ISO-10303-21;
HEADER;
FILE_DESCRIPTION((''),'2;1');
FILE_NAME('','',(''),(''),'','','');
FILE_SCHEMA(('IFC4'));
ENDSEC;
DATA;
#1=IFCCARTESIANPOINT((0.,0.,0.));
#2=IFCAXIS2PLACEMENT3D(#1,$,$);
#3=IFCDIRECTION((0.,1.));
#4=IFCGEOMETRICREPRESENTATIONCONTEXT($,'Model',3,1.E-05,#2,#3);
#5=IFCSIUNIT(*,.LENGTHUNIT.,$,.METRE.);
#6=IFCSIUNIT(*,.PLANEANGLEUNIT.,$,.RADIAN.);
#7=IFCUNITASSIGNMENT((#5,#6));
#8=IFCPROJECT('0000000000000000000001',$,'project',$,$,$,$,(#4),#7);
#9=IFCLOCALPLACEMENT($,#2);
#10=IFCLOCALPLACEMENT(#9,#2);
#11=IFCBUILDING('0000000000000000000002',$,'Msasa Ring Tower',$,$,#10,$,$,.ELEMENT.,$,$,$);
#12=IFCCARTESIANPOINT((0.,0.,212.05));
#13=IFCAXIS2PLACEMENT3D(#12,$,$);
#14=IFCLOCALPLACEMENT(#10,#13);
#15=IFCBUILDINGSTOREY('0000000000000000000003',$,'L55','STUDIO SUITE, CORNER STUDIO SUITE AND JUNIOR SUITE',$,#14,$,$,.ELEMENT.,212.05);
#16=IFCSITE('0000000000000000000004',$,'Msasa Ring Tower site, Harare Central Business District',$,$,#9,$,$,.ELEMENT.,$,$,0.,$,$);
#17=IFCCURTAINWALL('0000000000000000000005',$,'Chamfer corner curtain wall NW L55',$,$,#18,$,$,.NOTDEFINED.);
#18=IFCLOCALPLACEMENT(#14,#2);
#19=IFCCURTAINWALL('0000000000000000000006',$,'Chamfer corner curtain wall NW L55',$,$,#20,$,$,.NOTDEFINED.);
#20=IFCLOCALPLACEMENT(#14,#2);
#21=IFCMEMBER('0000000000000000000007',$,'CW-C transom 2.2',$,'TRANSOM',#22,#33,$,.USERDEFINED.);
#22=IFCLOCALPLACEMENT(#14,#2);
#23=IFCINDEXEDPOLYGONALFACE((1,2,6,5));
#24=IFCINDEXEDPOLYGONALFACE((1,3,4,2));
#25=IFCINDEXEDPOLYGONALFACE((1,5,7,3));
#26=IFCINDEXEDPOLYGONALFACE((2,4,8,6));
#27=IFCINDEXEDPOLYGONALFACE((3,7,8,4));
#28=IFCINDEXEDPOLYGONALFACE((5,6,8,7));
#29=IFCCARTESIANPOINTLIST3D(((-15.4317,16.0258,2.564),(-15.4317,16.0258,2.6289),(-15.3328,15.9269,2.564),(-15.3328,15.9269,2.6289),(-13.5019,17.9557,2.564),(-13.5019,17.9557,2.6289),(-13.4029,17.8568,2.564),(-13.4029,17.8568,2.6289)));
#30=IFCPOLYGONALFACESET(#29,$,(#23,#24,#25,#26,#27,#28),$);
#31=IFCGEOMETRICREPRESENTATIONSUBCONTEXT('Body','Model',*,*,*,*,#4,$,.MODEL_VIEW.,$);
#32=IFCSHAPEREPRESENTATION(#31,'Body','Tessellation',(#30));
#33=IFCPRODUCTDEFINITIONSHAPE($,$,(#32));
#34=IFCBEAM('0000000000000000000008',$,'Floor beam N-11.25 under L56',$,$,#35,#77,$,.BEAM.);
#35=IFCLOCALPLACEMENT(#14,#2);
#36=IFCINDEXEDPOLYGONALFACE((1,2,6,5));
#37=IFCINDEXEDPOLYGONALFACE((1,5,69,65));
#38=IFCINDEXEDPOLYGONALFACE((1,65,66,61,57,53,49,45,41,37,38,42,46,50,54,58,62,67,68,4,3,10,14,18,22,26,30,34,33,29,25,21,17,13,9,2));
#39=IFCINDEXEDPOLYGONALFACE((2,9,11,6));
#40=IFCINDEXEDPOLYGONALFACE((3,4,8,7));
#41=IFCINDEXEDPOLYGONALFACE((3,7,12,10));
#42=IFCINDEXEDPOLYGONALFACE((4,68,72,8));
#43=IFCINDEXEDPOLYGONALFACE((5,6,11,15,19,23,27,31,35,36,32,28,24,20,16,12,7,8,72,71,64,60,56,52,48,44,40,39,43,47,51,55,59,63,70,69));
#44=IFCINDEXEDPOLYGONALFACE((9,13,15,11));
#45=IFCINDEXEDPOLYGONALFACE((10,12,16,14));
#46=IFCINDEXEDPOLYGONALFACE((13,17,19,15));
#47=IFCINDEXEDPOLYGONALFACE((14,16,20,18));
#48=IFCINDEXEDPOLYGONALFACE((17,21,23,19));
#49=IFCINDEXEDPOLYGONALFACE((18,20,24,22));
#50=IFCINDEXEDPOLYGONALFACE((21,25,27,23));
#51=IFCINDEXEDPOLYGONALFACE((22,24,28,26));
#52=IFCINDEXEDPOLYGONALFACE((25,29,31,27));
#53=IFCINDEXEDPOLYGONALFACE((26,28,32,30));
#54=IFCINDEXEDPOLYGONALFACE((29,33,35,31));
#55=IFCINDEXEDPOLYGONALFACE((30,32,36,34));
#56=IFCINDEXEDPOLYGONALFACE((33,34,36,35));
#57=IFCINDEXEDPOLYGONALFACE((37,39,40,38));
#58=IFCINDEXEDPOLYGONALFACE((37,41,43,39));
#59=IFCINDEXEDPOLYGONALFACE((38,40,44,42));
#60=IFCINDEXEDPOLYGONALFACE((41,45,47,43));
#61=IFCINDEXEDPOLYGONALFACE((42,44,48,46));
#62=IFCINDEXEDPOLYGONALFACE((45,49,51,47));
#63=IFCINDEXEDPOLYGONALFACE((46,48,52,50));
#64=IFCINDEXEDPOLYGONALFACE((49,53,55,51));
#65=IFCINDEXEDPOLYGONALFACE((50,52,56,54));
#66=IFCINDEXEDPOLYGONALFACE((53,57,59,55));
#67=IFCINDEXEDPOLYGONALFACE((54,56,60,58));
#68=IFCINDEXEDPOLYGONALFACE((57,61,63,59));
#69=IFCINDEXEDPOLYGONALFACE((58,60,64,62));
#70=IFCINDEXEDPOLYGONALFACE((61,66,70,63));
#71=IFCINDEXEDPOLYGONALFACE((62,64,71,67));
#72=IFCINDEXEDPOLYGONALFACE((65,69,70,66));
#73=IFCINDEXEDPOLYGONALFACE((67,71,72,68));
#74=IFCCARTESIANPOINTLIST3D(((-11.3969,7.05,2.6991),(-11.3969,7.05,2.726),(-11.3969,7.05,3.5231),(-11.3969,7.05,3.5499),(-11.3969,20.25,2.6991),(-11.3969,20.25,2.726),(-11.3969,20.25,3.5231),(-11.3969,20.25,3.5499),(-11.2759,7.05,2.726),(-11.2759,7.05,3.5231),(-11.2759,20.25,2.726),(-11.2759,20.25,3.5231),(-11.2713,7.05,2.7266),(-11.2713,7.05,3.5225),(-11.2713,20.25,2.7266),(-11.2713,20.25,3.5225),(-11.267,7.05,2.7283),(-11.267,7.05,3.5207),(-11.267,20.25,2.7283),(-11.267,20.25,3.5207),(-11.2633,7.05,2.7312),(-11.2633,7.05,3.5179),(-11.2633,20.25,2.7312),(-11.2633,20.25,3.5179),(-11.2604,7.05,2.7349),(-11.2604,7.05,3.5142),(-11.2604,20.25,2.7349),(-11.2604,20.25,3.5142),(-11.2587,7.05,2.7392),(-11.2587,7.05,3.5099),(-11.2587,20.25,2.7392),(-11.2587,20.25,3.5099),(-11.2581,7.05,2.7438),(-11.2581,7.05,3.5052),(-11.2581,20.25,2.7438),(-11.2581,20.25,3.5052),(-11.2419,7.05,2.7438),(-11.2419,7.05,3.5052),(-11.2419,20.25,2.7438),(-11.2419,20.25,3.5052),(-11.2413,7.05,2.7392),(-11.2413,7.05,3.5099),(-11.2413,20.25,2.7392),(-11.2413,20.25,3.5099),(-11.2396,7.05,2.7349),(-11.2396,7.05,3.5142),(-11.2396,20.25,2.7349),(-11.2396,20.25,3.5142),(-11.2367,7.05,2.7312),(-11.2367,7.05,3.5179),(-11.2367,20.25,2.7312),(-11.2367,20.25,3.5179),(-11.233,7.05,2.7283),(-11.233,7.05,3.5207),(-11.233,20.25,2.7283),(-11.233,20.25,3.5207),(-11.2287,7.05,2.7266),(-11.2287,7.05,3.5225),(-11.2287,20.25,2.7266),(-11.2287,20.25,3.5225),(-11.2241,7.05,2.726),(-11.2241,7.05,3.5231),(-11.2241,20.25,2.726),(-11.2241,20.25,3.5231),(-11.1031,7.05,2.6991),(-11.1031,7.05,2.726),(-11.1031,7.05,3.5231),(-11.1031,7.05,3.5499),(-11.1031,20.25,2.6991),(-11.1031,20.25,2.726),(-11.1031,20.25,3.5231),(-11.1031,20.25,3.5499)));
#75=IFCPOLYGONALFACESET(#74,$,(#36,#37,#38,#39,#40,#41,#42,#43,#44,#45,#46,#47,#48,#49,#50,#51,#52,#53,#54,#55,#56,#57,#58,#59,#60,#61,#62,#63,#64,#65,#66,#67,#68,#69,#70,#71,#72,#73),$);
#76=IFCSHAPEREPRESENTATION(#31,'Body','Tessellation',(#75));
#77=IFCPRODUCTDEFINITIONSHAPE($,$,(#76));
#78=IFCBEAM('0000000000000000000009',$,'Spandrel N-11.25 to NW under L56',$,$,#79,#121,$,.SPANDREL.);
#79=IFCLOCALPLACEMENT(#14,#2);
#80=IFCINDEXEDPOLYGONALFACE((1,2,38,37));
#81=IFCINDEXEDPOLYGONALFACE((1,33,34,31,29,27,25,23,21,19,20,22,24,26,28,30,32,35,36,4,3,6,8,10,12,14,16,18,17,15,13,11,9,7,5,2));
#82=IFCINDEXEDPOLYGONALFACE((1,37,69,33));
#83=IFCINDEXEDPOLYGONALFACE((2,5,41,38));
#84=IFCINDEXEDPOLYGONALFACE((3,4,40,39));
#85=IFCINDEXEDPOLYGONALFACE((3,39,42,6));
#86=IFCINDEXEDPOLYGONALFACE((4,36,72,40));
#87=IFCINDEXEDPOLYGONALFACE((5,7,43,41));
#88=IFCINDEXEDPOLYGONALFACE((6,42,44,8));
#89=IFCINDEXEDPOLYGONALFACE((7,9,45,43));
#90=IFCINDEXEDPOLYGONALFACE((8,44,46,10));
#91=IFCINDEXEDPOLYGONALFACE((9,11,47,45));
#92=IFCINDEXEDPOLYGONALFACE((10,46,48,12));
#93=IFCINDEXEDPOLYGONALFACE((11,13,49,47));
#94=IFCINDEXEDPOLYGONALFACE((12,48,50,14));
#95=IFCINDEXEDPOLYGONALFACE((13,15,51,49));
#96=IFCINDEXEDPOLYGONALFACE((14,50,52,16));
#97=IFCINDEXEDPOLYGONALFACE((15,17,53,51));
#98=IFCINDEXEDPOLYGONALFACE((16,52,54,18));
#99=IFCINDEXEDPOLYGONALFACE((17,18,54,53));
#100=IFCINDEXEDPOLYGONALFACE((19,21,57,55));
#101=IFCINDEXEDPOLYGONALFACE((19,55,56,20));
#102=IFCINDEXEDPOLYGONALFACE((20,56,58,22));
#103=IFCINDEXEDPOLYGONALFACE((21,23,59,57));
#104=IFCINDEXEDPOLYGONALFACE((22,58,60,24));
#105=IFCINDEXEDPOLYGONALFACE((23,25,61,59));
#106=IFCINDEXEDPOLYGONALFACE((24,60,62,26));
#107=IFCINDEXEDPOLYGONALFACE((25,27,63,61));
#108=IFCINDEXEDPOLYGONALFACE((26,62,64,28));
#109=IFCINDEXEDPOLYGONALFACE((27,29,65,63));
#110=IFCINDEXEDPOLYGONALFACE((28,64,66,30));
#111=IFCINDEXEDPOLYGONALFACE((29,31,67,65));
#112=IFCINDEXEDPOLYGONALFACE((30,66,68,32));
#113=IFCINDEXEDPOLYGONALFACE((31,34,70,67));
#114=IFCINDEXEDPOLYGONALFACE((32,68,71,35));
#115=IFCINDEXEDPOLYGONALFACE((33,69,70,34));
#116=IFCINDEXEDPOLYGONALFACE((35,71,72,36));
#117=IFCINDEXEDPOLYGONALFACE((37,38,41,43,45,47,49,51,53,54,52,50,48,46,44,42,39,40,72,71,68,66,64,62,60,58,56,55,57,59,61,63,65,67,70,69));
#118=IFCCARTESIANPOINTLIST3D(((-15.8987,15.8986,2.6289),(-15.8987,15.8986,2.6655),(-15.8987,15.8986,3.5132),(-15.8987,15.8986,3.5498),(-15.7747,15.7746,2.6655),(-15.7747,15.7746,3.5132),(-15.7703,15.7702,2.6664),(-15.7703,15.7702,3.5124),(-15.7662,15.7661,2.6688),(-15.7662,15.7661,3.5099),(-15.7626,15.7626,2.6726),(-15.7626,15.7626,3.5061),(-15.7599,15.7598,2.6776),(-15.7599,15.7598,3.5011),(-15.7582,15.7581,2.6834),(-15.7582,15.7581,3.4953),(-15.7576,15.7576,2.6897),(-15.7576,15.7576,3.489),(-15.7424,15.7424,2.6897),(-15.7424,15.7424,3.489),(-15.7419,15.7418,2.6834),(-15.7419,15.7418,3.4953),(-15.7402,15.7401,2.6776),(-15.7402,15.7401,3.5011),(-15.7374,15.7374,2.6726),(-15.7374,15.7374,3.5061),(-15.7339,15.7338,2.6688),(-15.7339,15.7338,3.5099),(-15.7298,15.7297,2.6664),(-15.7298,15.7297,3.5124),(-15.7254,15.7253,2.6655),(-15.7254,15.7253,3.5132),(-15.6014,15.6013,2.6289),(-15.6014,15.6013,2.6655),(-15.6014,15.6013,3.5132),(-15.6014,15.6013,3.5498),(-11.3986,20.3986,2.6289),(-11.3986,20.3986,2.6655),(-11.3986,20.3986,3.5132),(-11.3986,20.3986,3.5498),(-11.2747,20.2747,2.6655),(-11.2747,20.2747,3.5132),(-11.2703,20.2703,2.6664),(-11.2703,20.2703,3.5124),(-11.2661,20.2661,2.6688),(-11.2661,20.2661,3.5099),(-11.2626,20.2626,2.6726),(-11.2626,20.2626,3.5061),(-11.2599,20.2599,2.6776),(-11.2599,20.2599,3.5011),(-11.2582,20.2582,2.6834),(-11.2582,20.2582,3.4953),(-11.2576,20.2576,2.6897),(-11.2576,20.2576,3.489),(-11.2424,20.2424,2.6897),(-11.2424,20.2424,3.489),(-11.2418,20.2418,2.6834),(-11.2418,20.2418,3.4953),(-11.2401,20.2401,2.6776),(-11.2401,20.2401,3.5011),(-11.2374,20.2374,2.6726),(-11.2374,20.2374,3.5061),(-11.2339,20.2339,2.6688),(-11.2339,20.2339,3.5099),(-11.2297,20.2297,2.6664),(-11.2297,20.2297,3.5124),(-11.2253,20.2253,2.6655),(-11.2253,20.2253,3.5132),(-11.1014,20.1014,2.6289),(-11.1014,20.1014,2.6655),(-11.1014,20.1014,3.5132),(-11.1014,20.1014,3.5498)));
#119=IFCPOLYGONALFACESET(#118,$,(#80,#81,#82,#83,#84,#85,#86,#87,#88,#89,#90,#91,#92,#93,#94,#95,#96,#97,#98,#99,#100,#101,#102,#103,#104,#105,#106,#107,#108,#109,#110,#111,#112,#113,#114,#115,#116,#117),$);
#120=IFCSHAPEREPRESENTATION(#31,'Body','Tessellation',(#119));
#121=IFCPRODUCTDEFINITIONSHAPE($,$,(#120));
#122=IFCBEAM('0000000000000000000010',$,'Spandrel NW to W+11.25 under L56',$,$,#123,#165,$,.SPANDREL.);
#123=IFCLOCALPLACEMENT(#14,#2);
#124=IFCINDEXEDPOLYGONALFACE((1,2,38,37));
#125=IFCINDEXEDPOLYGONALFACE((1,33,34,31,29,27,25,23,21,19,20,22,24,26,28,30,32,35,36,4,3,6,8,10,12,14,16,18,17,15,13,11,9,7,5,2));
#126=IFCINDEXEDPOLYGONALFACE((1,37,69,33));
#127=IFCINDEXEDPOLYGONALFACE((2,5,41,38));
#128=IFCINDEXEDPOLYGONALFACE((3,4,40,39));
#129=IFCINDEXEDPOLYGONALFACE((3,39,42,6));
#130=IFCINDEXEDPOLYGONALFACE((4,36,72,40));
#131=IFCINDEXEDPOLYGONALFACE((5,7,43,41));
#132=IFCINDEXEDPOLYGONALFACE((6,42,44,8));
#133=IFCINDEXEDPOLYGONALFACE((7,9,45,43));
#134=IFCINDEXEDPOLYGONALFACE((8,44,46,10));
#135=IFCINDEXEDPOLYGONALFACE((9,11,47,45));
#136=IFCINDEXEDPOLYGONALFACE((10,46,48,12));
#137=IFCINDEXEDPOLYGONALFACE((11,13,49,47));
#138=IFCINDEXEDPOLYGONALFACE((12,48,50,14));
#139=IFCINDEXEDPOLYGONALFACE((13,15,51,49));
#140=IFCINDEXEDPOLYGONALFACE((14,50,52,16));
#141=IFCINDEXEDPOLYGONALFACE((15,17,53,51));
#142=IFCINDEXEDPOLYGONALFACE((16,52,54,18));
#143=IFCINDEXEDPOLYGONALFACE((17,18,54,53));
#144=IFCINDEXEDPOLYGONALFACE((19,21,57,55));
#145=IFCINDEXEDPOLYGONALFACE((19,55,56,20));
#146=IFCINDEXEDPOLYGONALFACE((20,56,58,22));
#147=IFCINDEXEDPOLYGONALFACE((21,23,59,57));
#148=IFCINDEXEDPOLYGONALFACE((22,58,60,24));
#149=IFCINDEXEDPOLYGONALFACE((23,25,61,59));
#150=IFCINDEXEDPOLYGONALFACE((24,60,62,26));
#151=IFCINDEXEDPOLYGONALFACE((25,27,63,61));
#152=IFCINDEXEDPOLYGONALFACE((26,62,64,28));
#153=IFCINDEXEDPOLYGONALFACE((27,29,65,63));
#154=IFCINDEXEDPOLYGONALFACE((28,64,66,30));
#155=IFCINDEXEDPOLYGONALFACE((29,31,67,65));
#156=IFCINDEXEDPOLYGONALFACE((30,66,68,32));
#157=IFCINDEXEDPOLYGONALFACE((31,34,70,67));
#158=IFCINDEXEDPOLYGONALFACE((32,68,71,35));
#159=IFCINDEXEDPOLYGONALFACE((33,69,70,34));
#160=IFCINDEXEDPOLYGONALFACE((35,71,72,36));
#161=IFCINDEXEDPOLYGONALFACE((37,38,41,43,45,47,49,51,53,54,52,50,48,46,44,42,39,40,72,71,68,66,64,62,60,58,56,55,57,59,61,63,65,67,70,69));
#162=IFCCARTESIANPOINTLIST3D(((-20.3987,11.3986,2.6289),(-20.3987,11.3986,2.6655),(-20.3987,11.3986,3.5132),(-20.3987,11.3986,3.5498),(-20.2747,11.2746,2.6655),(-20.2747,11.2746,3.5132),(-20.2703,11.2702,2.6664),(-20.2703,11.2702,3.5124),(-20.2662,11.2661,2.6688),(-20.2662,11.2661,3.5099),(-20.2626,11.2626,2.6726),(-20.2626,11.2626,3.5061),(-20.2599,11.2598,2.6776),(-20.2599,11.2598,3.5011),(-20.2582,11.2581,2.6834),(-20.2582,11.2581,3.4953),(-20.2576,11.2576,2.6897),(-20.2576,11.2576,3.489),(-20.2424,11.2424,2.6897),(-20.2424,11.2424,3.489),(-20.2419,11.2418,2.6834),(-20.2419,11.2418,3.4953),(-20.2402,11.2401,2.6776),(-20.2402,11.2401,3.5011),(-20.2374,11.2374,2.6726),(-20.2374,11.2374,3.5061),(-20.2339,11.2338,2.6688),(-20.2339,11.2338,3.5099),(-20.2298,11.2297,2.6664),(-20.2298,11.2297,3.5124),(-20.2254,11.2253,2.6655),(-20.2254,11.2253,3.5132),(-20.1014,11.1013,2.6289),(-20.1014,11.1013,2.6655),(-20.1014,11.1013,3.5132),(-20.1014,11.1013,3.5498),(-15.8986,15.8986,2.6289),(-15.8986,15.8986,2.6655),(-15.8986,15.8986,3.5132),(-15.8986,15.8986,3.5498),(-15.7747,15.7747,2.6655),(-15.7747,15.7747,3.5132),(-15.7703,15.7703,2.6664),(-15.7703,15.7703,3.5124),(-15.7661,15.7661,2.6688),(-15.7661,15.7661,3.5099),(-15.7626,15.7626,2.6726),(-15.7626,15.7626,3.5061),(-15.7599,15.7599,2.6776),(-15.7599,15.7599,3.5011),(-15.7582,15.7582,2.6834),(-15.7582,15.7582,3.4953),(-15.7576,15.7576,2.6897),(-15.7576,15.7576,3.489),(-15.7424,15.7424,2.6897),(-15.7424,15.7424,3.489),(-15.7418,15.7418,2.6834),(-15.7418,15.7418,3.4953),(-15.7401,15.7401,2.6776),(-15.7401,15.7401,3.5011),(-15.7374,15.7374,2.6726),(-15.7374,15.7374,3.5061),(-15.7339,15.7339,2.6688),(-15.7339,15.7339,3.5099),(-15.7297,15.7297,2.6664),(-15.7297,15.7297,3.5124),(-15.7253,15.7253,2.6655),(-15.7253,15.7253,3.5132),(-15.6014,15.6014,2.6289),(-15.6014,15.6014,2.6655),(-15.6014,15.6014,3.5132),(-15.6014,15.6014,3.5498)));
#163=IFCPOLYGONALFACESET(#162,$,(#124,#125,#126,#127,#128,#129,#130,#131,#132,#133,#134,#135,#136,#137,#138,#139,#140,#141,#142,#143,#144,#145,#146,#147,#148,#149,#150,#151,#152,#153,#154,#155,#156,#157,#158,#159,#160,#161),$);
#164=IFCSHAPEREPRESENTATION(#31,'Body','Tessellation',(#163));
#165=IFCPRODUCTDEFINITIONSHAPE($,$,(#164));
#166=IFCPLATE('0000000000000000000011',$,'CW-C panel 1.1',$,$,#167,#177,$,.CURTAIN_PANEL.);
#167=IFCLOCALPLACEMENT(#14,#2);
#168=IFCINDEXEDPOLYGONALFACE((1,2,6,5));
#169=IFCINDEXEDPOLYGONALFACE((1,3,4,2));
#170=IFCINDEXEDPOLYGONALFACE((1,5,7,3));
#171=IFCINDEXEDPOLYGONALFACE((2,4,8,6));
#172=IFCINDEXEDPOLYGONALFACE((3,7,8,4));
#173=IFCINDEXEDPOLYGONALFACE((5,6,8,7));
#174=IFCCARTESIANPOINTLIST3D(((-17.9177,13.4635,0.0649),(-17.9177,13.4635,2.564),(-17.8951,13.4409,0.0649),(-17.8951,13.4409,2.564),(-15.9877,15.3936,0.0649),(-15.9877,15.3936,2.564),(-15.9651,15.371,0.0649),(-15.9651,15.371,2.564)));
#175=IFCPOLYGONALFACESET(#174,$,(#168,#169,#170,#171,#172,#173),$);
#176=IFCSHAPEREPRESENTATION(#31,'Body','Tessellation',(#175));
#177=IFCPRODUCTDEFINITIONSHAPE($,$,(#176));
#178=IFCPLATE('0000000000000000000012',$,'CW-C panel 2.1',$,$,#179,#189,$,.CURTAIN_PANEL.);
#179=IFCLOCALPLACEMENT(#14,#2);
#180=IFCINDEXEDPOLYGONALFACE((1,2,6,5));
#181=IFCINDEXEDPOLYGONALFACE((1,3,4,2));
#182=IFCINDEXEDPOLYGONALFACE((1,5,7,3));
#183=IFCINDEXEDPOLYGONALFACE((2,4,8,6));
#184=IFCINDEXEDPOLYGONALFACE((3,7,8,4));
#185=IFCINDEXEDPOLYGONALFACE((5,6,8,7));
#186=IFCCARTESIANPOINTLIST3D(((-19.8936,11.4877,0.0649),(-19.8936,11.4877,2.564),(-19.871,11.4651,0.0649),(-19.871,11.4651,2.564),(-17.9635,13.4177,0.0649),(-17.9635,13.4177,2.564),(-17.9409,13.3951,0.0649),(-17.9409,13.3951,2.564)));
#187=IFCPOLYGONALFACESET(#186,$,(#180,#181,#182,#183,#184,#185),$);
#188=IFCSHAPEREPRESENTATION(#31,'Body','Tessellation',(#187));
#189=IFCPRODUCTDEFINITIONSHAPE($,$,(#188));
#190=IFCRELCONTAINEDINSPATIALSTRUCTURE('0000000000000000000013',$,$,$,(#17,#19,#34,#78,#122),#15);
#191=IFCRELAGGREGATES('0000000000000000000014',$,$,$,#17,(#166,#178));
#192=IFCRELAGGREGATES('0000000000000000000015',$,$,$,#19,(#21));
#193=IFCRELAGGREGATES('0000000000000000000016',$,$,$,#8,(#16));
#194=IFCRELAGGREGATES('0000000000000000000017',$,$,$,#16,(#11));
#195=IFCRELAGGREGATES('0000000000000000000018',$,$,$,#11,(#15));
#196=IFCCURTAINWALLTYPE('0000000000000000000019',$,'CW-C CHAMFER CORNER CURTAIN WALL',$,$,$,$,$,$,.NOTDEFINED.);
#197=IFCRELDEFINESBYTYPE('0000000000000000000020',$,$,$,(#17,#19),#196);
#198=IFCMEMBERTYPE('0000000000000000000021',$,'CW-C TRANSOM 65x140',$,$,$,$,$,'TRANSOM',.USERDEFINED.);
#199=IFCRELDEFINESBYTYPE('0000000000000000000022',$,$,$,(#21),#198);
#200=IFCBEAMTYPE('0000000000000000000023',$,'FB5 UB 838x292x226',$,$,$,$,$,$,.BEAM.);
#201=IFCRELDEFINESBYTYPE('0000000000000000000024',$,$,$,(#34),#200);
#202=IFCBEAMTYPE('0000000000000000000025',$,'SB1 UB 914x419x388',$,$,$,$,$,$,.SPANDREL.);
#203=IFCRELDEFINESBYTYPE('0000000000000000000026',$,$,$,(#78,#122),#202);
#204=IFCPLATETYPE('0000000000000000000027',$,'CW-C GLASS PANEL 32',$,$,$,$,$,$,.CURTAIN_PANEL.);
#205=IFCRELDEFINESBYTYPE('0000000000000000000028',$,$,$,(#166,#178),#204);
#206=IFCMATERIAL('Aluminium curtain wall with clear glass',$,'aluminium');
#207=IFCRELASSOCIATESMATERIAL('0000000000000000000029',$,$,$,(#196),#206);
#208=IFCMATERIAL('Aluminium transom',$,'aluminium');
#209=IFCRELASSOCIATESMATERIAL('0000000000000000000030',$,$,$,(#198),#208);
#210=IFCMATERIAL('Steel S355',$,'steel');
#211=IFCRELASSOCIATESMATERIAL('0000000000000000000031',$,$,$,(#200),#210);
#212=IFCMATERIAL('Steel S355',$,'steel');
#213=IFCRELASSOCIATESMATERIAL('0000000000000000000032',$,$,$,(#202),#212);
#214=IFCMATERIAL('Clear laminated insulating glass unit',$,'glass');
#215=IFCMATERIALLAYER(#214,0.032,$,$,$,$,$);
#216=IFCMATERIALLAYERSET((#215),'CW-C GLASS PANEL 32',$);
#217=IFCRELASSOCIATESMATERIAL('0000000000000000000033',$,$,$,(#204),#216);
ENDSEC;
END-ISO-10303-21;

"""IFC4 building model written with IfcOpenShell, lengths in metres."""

from ifc_helpers import new_model, si_unit, direction, frame, origin, origin_2d, place, context, subcontext, project, spatial, rectangle, i_section, extrude, material, layer, layer_set, material_profile, profile_set, type_object, element, aggregate, save


model = new_model("IFC4")

# Units and contexts
model_context = context("Model", 3, precision=1e-05, world=origin(), true_north=direction((0.0, 1.0)))
body_context = subcontext(model_context, "Body", "Model", "MODEL_VIEW")
ifc_project = project(units=[si_unit("LENGTHUNIT", "METRE"), si_unit("PLANEANGLEUNIT", "RADIAN")], contexts=[model_context])

# Site, building, storey
site_placement = place(None, origin())
site = spatial("IfcSite", under=ifc_project, at=site_placement, Name="Msasa Ring Tower site, Harare Central Business District", CompositionType="ELEMENT", RefElevation=0.0)
building_placement = place(site_placement, origin())
building = spatial("IfcBuilding", under=site, at=building_placement, Name="Msasa Ring Tower", CompositionType="ELEMENT")
storey_placement = place(building_placement, frame((0.0, 0.0, 212.05)))
storey = spatial("IfcBuildingStorey", under=building, at=storey_placement, Name="L55", Description="STUDIO SUITE, CORNER STUDIO SUITE AND JUNIOR SUITE", CompositionType="ELEMENT", Elevation=212.05)

# Curtain walls
ifc_material_1 = material(Name="Aluminium curtain wall with clear glass", Category="aluminium")
curtain_wall_type = type_object("IfcCurtainWallType", Name="CW-C CHAMFER CORNER CURTAIN WALL", PredefinedType="NOTDEFINED", material=ifc_material_1)
curtain_wall_1_placement = place(storey_placement, origin())
curtain_wall_1 = element("IfcCurtainWall", 1, at=curtain_wall_1_placement, inside=storey, type_object=curtain_wall_type, Name="Chamfer corner curtain wall NW L55", PredefinedType="NOTDEFINED")
curtain_wall_2_placement = place(storey_placement, origin())
curtain_wall_2 = element("IfcCurtainWall", 2, at=curtain_wall_2_placement, inside=storey, type_object=curtain_wall_type, Name="Chamfer corner curtain wall NW L55", PredefinedType="NOTDEFINED")

# Member
ifc_material_2 = material(Name="Aluminium transom", Category="aluminium")
ifc_material_profile_1 = material_profile(ifc_material_2, rectangle(XDim=0.1399, YDim=0.0649, at=origin_2d()), Name="AL 65x140")
ifc_profile_set_1 = profile_set([ifc_material_profile_1], Name="Aluminium transom")
member_type_1 = type_object("IfcMemberType", Name="CW-C TRANSOM 65x140", ElementType="TRANSOM", PredefinedType="USERDEFINED", material=ifc_profile_set_1)
member_1_placement = place(storey_placement, frame((-13.4524, 17.9062, 2.5964), z_axis=(-0.707107, -0.707107, 0.0), x_axis=(0.707107, -0.707107, 0.0)))
member_1 = element("IfcMember", 3, at=member_1_placement, type_object=member_type_1, Name="CW-C transom 2.2", ObjectType="TRANSOM", PredefinedType="USERDEFINED", context=body_context, shape_type="SweptSolid", body=[
    extrude(rectangle(XDim=0.1399, YDim=0.0649, at=origin_2d()), origin(), (0.0, 0.0, 1.0), 2.7292),
])

# Beams
ifc_material_3 = material(Name="Steel S355", Category="steel")
ifc_material_profile_2 = material_profile(ifc_material_3, i_section(OverallWidth=0.2937, OverallDepth=0.8508, WebThickness=0.0161, FlangeThickness=0.0269, FilletRadius=0.0178, at=origin_2d()), Name="UB 838x292x226")
ifc_profile_set_2 = profile_set([ifc_material_profile_2], Name="Steel S355")
beam_type_1 = type_object("IfcBeamType", Name="FB5 UB 838x292x226", PredefinedType="BEAM", material=ifc_profile_set_2)
beam_placement = place(storey_placement, frame((-11.25, 20.25, 3.1245), z_axis=(0.0, -1.0, 0.0), x_axis=(1.0, 0.0, 0.0)))
element("IfcBeam", 4, at=beam_placement, inside=storey, type_object=beam_type_1, Name="Floor beam N-11.25 under L56", PredefinedType="BEAM", context=body_context, shape_type="SweptSolid", body=[
    extrude(i_section(OverallWidth=0.2937, OverallDepth=0.8508, WebThickness=0.0161, FlangeThickness=0.0269, FilletRadius=0.0178, at=origin_2d()), origin(), (0.0, 0.0, 1.0), 13.2),
])
ifc_material_4 = material(Name="Steel S355", Category="steel")
ifc_material_profile_3 = material_profile(ifc_material_4, i_section(OverallWidth=0.4204, OverallDepth=0.9209, WebThickness=0.0215, FlangeThickness=0.0366, FilletRadius=0.0242, at=origin_2d()), Name="UB 914x419x388")
ifc_profile_set_3 = profile_set([ifc_material_profile_3], Name="Steel S355")
beam_type_2 = type_object("IfcBeamType", Name="SB1 UB 914x419x388", PredefinedType="SPANDREL", material=ifc_profile_set_3)
for number, where, z_axis, x_axis, name in (
    (5, (-11.25, 20.25, 3.0894), (-0.707107, -0.707107, 0.0), (0.707107, -0.707107, 0.0), "Spandrel N-11.25 to NW under L56"),
    (6, (-15.75, 15.75, 3.0894), (-0.707107, -0.707107, 0.0), (0.707107, -0.707107, 0.0), "Spandrel NW to W+11.25 under L56"),
):
    element("IfcBeam", number, at=place(storey_placement, frame(where, z_axis=z_axis, x_axis=x_axis)), inside=storey, type_object=beam_type_2, Name=name, PredefinedType="SPANDREL", context=body_context, shape_type="SweptSolid", body=[
        extrude(i_section(OverallWidth=0.4204, OverallDepth=0.9209, WebThickness=0.0215, FlangeThickness=0.0366, FilletRadius=0.0242, at=origin_2d()), origin(), (0.0, 0.0, 1.0), 6.364),
    ])

# Plates
ifc_material_5 = material(Name="Clear laminated insulating glass unit", Category="glass")
ifc_layer_1 = layer(ifc_material_5, 0.032)
ifc_layer_set_1 = layer_set([ifc_layer_1], Name="CW-C GLASS PANEL 32")
plate_type = type_object("IfcPlateType", Name="CW-C GLASS PANEL 32", PredefinedType="CURTAIN_PANEL", material=ifc_layer_set_1)
plate_1_placement = place(storey_placement, frame((-16.9414, 14.4172, 0.0649), z_axis=(0.0, 0.0, 1.0), x_axis=(-0.707107, -0.707107, 0.0)))
plate_1 = element("IfcPlate", 7, at=plate_1_placement, type_object=plate_type, Name="CW-C panel 1.1", PredefinedType="CURTAIN_PANEL", context=body_context, shape_type="SweptSolid", body=[
    extrude(rectangle(XDim=2.7295, YDim=0.032, at=origin_2d()), origin(), (0.0, 0.0, 1.0), 2.499),
])
plate_2_placement = place(storey_placement, frame((-18.9172, 12.4414, 0.0649), z_axis=(0.0, 0.0, 1.0), x_axis=(-0.707107, -0.707107, 0.0)))
plate_2 = element("IfcPlate", 8, at=plate_2_placement, type_object=plate_type, Name="CW-C panel 2.1", PredefinedType="CURTAIN_PANEL", context=body_context, shape_type="SweptSolid", body=[
    extrude(rectangle(XDim=2.7295, YDim=0.032, at=origin_2d()), origin(), (0.0, 0.0, 1.0), 2.499),
])
aggregate(curtain_wall_1, [plate_1, plate_2])
aggregate(curtain_wall_2, [member_1])

save(model, "model.ifc")
